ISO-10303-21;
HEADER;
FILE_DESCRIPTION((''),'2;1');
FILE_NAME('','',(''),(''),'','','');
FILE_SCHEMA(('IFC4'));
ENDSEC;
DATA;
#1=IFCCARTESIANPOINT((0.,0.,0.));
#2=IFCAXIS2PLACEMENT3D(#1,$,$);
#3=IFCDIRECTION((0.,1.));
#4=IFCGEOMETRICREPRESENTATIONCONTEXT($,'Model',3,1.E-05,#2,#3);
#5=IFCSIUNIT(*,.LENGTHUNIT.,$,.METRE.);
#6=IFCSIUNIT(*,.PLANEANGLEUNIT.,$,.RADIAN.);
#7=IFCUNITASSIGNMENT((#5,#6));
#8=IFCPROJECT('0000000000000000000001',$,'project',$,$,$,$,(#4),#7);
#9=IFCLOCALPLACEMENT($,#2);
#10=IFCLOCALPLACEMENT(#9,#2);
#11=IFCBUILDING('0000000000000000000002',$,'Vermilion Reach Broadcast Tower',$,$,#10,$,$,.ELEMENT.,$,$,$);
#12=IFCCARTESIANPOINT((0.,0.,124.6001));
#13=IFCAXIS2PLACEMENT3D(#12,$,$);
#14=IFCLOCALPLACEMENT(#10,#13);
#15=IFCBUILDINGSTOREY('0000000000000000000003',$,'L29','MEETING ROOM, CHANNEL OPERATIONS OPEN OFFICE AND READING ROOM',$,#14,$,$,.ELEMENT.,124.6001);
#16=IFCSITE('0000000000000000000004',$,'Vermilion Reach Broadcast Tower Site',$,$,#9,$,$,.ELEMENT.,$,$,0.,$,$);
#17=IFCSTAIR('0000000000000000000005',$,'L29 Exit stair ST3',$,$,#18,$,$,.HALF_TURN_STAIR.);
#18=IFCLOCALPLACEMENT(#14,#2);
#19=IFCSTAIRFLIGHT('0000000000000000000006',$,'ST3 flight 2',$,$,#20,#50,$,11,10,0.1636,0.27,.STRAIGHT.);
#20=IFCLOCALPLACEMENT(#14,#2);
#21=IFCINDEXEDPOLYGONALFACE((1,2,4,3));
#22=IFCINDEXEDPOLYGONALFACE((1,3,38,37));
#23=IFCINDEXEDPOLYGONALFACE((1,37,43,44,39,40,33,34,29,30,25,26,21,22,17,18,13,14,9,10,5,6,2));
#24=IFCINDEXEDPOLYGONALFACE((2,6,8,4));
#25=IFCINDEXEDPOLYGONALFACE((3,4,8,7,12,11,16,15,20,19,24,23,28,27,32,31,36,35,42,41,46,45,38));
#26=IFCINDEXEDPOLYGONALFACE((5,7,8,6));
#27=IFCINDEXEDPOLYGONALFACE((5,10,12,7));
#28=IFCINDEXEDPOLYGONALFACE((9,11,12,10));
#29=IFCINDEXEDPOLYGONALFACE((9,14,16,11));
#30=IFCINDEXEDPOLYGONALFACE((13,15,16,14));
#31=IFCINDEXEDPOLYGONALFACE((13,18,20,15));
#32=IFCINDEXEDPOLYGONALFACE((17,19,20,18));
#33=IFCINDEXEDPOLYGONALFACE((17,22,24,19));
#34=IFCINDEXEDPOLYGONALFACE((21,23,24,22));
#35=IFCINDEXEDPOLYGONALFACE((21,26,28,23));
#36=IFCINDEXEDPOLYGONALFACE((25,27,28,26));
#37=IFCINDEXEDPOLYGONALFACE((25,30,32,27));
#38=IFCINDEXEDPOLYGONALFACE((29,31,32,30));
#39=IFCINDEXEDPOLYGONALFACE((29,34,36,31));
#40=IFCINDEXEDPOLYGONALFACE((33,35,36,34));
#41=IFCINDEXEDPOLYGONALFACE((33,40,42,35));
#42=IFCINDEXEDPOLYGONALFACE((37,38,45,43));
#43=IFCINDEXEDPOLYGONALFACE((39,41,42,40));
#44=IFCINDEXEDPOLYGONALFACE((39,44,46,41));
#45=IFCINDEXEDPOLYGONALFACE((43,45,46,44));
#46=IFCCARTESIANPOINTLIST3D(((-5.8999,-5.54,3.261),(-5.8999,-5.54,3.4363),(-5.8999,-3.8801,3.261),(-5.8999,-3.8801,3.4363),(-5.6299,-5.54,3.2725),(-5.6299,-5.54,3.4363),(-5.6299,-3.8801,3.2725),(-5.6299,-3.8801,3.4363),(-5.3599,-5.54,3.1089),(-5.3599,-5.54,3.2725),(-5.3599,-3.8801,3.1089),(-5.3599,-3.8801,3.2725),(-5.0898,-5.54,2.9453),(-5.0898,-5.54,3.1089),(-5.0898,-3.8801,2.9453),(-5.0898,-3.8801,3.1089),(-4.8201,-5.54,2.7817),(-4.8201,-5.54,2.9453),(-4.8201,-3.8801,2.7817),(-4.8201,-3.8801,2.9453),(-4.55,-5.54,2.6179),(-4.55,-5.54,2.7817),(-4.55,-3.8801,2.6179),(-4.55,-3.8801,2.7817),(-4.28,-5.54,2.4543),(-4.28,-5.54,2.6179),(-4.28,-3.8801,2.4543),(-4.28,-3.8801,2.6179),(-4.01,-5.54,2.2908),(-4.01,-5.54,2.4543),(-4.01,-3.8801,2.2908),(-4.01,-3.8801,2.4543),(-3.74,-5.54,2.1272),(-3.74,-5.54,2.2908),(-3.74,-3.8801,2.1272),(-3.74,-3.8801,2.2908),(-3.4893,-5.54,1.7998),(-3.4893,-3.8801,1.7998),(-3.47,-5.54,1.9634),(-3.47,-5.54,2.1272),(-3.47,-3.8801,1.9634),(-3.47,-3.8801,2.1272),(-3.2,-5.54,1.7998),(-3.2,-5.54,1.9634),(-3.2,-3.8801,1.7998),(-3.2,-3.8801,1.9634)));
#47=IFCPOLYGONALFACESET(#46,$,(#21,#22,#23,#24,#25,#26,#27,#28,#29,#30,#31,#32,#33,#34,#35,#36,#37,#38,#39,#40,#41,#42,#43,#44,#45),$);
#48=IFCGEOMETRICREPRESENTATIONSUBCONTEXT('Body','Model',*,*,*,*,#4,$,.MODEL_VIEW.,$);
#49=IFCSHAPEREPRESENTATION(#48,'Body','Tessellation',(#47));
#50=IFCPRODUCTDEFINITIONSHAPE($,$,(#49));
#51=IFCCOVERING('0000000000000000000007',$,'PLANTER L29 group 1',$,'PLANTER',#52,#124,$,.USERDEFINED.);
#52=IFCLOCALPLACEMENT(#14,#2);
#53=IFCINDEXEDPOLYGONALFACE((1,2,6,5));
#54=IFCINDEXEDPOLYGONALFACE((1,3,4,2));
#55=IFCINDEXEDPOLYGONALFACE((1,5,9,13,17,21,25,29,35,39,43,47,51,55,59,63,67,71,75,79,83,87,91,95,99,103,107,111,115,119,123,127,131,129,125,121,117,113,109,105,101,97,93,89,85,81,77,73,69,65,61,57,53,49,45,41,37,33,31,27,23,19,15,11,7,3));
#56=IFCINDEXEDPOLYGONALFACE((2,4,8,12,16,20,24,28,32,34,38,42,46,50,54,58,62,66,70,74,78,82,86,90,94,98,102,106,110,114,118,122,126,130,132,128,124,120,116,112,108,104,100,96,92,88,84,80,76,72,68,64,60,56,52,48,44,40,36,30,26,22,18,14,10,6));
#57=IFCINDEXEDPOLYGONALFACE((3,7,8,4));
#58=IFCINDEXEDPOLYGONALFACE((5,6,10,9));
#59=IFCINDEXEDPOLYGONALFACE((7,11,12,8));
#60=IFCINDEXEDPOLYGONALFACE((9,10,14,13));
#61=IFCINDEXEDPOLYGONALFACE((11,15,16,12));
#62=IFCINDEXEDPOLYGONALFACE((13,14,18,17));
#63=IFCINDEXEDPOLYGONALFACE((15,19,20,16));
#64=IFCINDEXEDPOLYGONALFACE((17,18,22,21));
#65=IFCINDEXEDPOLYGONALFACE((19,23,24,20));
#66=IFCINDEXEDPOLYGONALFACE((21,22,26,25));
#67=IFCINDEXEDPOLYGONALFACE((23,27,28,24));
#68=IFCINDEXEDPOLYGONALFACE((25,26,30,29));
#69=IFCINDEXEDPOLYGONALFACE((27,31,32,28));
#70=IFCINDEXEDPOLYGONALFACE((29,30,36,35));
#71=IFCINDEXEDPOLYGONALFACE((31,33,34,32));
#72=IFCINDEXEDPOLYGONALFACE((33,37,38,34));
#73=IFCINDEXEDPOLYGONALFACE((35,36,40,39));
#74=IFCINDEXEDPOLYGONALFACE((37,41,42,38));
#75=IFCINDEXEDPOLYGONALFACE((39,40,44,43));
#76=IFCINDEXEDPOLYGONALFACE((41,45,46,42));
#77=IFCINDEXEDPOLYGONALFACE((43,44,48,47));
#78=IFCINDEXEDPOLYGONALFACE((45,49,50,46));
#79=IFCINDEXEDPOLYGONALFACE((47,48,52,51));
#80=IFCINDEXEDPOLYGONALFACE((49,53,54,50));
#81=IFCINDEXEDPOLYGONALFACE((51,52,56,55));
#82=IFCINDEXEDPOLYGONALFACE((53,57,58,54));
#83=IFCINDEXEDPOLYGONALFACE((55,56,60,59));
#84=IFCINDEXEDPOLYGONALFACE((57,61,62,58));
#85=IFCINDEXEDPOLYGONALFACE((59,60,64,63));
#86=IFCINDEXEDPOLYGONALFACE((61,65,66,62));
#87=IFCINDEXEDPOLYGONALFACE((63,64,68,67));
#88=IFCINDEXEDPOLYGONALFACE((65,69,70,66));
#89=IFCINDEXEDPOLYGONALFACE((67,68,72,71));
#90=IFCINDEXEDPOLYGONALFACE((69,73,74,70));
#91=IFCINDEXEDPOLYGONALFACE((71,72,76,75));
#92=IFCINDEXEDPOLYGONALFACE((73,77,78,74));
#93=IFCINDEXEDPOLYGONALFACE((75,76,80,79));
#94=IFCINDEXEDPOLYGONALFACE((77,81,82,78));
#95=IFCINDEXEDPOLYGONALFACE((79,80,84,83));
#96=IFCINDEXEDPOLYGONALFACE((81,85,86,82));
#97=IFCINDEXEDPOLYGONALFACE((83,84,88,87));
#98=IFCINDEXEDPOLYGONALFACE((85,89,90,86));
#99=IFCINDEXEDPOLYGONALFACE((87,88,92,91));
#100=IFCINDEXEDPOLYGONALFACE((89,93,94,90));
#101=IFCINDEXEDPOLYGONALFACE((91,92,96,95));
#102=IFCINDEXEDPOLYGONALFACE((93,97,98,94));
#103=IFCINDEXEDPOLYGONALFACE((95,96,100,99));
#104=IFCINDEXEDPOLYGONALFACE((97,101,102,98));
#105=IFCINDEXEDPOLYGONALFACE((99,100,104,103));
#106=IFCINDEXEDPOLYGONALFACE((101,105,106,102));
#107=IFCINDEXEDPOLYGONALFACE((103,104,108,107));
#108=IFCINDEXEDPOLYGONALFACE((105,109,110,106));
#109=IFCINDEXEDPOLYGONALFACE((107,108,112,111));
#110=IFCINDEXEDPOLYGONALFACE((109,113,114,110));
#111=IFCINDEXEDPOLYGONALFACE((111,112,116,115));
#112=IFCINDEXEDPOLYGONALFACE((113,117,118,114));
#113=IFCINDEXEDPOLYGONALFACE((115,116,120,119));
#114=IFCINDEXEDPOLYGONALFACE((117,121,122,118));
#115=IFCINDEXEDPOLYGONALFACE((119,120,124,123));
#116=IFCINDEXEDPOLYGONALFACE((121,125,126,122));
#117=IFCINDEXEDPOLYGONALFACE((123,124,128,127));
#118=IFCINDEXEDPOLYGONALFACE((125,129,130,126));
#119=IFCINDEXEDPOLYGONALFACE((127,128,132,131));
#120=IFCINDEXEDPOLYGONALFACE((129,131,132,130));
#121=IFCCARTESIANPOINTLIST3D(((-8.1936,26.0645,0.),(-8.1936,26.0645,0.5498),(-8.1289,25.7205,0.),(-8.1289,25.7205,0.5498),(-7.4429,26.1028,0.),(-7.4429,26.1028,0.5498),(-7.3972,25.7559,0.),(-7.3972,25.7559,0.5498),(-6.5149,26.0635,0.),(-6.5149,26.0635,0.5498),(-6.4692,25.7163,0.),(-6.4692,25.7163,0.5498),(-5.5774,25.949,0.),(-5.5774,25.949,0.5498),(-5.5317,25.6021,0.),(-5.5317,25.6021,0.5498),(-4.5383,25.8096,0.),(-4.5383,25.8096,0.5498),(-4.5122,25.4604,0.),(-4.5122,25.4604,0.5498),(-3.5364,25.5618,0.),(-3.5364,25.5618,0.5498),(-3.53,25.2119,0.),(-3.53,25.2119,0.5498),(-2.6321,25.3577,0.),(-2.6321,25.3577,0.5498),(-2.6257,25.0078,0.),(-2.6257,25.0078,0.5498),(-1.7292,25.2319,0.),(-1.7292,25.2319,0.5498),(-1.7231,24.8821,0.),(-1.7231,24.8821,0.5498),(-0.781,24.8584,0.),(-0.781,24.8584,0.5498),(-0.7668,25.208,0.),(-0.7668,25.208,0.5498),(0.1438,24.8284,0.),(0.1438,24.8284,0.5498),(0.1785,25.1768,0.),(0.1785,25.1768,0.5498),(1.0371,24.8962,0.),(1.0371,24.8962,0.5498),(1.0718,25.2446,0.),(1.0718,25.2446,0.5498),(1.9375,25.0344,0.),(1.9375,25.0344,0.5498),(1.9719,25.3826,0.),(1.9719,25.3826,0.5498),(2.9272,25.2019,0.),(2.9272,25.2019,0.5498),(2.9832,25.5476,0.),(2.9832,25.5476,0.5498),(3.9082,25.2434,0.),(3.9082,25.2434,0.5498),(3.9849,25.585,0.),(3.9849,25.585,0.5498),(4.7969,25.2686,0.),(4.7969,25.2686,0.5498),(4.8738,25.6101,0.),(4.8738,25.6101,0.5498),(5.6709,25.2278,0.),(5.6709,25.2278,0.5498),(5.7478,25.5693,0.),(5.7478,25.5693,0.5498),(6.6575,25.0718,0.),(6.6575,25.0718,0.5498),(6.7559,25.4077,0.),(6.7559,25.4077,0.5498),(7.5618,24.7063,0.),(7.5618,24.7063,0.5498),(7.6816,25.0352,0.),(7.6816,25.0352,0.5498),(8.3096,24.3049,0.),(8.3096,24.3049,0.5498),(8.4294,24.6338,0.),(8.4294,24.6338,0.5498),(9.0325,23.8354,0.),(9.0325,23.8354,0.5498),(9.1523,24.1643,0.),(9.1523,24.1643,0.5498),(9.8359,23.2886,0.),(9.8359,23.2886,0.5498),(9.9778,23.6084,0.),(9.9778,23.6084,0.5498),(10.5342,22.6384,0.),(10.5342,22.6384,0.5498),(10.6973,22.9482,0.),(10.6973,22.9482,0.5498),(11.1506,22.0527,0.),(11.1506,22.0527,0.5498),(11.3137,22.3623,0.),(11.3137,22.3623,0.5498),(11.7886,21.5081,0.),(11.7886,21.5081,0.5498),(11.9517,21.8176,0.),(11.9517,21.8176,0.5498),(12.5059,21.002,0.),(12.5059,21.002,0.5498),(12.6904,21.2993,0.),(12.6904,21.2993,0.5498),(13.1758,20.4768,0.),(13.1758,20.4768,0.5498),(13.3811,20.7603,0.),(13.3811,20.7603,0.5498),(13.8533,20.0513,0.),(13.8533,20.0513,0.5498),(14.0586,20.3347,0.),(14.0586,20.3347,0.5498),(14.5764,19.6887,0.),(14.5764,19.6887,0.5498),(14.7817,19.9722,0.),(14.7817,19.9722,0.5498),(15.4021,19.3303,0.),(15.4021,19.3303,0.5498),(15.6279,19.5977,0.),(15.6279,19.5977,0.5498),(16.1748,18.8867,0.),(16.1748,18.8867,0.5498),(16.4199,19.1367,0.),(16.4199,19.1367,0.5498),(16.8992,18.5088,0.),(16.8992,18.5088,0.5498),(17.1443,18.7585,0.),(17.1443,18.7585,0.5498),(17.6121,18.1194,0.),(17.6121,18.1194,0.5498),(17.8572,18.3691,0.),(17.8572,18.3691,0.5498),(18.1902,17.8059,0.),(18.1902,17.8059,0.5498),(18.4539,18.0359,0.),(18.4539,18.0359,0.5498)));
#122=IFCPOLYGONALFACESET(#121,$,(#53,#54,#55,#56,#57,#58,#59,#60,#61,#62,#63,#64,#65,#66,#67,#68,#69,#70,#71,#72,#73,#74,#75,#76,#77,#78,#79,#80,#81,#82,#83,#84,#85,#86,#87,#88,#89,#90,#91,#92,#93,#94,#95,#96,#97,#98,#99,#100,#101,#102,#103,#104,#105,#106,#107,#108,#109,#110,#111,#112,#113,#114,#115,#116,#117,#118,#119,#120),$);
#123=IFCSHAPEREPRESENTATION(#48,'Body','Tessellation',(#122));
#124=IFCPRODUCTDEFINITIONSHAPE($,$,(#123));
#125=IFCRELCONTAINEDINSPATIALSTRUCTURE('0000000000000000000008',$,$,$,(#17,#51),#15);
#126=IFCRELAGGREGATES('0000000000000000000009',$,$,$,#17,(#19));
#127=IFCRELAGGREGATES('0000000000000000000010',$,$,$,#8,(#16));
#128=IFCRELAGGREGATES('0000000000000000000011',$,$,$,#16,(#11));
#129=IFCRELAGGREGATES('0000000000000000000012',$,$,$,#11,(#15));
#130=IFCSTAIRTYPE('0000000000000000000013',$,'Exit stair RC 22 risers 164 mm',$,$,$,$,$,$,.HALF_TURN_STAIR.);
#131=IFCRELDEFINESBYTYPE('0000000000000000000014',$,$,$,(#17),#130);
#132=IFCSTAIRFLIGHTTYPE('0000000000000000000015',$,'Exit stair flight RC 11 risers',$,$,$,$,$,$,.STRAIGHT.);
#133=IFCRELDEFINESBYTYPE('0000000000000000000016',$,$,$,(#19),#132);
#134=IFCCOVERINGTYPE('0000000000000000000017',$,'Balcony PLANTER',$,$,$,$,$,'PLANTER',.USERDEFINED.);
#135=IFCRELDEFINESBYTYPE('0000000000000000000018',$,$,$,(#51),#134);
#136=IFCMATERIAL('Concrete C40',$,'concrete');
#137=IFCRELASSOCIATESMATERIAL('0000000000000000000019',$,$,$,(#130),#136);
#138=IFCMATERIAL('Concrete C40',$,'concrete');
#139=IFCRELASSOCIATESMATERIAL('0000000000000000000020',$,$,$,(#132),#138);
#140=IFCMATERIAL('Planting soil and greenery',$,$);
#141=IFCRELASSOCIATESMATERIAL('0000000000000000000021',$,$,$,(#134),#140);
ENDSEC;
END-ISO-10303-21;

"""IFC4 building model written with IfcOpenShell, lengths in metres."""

from ifc_helpers import new_model, si_unit, direction, frame, origin, place, context, subcontext, project, spatial, polyline, outline, extrude, material, type_object, element, aggregate, save


model = new_model("IFC4")

# Units and contexts
model_context = context("Model", 3, precision=1e-05, world=origin(), true_north=direction((0.0, 1.0)))
body_context = subcontext(model_context, "Body", "Model", "MODEL_VIEW")
ifc_project = project(units=[si_unit("LENGTHUNIT", "METRE"), si_unit("PLANEANGLEUNIT", "RADIAN")], contexts=[model_context])

# Site, building, storey
site_placement = place(None, origin())
site = spatial("IfcSite", under=ifc_project, at=site_placement, Name="Vermilion Reach Broadcast Tower Site", CompositionType="ELEMENT", RefElevation=0.0)
building_placement = place(site_placement, origin())
building = spatial("IfcBuilding", under=site, at=building_placement, Name="Vermilion Reach Broadcast Tower", CompositionType="ELEMENT")
storey_placement = place(building_placement, frame((0.0, 0.0, 124.6001)))
storey = spatial("IfcBuildingStorey", under=building, at=storey_placement, Name="L29", Description="MEETING ROOM, CHANNEL OPERATIONS OPEN OFFICE AND READING ROOM", CompositionType="ELEMENT", Elevation=124.6001)

# Stair, stair flight
ifc_material_1 = material(Name="Concrete C40", Category="concrete")
stair_type = type_object("IfcStairType", Name="Exit stair RC 22 risers 164 mm", PredefinedType="HALF_TURN_STAIR", material=ifc_material_1)
placement_1 = place(storey_placement, origin())
stair = element("IfcStair", 1, at=placement_1, inside=storey, type_object=stair_type, Name="L29 Exit stair ST3", PredefinedType="HALF_TURN_STAIR")
ifc_material_2 = material(Name="Concrete C40", Category="concrete")
stair_flight_type = type_object("IfcStairFlightType", Name="Exit stair flight RC 11 risers", PredefinedType="STRAIGHT", material=ifc_material_2)
stair_flight_placement = place(storey_placement, frame((-3.2, -4.71, 1.7998), z_axis=(0.0, 0.0, 1.0), x_axis=(-1.0, 0.0, 0.0)))
stair_flight = element("IfcStairFlight", 2, at=stair_flight_placement, type_object=stair_flight_type, Name="ST3 flight 2", NumberOfRisers=11, NumberOfTreads=10, PredefinedType="STRAIGHT", RiserHeight=0.1636, TreadLength=0.27, context=body_context, shape_type="SweptSolid", body=[
    extrude(outline(polyline([(0.0, 0.0), (0.0, 0.1636), (0.27, 0.1636), (0.27, 0.3274), (0.54, 0.3274), (0.54, 0.491), (0.8101, 0.491), (0.8101, 0.6545), (1.0801, 0.6545), (1.0801, 0.8181), (1.3501, 0.8181), (1.3501, 0.9819), (1.6201, 0.9819), (1.6201, 1.1455), (1.8899, 1.1455), (1.8899, 1.3091), (2.1599, 1.3091), (2.1599, 1.4727), (2.4299, 1.4727), (2.4299, 1.6365), (2.7, 1.6365), (2.7, 1.8), (2.7, 1.4612), (0.2893, 0.0), (0.0, 0.0)])), frame((0.0, 0.8301, 0.0), z_axis=(0.0, -1.0, 0.0), x_axis=(1.0, 0.0, 0.0)), (0.0, 0.0, 1.0), 1.6599),
])
aggregate(stair, [stair_flight])

# Covering
ifc_material_3 = material(Name="Planting soil and greenery")
covering_type = type_object("IfcCoveringType", Name="Balcony PLANTER", ElementType="PLANTER", PredefinedType="USERDEFINED", material=ifc_material_3)
element("IfcCovering", 3, at=placement_1, inside=storey, type_object=covering_type, Name="PLANTER L29 group 1", ObjectType="PLANTER", PredefinedType="USERDEFINED", context=body_context, shape_type="SweptSolid", body=[
    extrude(outline(polyline([(18.4539, 18.0359), (17.8572, 18.3691), (17.1443, 18.7585), (16.4199, 19.1367), (15.6279, 19.5977), (14.7817, 19.9722), (14.0586, 20.3347), (13.3811, 20.7603), (12.6904, 21.2993), (11.9517, 21.8176), (11.3137, 22.3623), (10.6973, 22.9482), (9.9778, 23.6084), (9.1523, 24.1643), (8.4294, 24.6338), (7.6816, 25.0352), (6.7559, 25.4077), (5.7478, 25.5693), (4.8738, 25.6101), (3.9849, 25.585), (2.9832, 25.5476), (1.9719, 25.3826), (1.0718, 25.2446), (0.1785, 25.1768), (-0.7668, 25.208), (-1.7292, 25.2319), (-2.6321, 25.3577), (-3.5364, 25.5618), (-4.5383, 25.8096), (-5.5774, 25.949), (-6.5149, 26.0635), (-7.4429, 26.1028), (-8.1936, 26.0645), (-8.1289, 25.7205), (-7.3972, 25.7559), (-6.4692, 25.7163), (-5.5317, 25.6021), (-4.5122, 25.4604), (-3.53, 25.2119), (-2.6257, 25.0078), (-1.7231, 24.8821), (-0.781, 24.8584), (0.1438, 24.8284), (1.0371, 24.8962), (1.9375, 25.0344), (2.9272, 25.2019), (3.9082, 25.2434), (4.7969, 25.2686), (5.6709, 25.2278), (6.6575, 25.0718), (7.5618, 24.7063), (8.3096, 24.3049), (9.0325, 23.8354), (9.8359, 23.2886), (10.5342, 22.6384), (11.1506, 22.0527), (11.7886, 21.5081), (12.5059, 21.002), (13.1758, 20.4768), (13.8533, 20.0513), (14.5764, 19.6887), (15.4021, 19.3303), (16.1748, 18.8867), (16.8992, 18.5088), (17.6121, 18.1194), (18.1902, 17.8059), (18.4539, 18.0359)])), origin(), (0.0, 0.0, 1.0), 0.5498),
])

save(model, "model.ifc")
